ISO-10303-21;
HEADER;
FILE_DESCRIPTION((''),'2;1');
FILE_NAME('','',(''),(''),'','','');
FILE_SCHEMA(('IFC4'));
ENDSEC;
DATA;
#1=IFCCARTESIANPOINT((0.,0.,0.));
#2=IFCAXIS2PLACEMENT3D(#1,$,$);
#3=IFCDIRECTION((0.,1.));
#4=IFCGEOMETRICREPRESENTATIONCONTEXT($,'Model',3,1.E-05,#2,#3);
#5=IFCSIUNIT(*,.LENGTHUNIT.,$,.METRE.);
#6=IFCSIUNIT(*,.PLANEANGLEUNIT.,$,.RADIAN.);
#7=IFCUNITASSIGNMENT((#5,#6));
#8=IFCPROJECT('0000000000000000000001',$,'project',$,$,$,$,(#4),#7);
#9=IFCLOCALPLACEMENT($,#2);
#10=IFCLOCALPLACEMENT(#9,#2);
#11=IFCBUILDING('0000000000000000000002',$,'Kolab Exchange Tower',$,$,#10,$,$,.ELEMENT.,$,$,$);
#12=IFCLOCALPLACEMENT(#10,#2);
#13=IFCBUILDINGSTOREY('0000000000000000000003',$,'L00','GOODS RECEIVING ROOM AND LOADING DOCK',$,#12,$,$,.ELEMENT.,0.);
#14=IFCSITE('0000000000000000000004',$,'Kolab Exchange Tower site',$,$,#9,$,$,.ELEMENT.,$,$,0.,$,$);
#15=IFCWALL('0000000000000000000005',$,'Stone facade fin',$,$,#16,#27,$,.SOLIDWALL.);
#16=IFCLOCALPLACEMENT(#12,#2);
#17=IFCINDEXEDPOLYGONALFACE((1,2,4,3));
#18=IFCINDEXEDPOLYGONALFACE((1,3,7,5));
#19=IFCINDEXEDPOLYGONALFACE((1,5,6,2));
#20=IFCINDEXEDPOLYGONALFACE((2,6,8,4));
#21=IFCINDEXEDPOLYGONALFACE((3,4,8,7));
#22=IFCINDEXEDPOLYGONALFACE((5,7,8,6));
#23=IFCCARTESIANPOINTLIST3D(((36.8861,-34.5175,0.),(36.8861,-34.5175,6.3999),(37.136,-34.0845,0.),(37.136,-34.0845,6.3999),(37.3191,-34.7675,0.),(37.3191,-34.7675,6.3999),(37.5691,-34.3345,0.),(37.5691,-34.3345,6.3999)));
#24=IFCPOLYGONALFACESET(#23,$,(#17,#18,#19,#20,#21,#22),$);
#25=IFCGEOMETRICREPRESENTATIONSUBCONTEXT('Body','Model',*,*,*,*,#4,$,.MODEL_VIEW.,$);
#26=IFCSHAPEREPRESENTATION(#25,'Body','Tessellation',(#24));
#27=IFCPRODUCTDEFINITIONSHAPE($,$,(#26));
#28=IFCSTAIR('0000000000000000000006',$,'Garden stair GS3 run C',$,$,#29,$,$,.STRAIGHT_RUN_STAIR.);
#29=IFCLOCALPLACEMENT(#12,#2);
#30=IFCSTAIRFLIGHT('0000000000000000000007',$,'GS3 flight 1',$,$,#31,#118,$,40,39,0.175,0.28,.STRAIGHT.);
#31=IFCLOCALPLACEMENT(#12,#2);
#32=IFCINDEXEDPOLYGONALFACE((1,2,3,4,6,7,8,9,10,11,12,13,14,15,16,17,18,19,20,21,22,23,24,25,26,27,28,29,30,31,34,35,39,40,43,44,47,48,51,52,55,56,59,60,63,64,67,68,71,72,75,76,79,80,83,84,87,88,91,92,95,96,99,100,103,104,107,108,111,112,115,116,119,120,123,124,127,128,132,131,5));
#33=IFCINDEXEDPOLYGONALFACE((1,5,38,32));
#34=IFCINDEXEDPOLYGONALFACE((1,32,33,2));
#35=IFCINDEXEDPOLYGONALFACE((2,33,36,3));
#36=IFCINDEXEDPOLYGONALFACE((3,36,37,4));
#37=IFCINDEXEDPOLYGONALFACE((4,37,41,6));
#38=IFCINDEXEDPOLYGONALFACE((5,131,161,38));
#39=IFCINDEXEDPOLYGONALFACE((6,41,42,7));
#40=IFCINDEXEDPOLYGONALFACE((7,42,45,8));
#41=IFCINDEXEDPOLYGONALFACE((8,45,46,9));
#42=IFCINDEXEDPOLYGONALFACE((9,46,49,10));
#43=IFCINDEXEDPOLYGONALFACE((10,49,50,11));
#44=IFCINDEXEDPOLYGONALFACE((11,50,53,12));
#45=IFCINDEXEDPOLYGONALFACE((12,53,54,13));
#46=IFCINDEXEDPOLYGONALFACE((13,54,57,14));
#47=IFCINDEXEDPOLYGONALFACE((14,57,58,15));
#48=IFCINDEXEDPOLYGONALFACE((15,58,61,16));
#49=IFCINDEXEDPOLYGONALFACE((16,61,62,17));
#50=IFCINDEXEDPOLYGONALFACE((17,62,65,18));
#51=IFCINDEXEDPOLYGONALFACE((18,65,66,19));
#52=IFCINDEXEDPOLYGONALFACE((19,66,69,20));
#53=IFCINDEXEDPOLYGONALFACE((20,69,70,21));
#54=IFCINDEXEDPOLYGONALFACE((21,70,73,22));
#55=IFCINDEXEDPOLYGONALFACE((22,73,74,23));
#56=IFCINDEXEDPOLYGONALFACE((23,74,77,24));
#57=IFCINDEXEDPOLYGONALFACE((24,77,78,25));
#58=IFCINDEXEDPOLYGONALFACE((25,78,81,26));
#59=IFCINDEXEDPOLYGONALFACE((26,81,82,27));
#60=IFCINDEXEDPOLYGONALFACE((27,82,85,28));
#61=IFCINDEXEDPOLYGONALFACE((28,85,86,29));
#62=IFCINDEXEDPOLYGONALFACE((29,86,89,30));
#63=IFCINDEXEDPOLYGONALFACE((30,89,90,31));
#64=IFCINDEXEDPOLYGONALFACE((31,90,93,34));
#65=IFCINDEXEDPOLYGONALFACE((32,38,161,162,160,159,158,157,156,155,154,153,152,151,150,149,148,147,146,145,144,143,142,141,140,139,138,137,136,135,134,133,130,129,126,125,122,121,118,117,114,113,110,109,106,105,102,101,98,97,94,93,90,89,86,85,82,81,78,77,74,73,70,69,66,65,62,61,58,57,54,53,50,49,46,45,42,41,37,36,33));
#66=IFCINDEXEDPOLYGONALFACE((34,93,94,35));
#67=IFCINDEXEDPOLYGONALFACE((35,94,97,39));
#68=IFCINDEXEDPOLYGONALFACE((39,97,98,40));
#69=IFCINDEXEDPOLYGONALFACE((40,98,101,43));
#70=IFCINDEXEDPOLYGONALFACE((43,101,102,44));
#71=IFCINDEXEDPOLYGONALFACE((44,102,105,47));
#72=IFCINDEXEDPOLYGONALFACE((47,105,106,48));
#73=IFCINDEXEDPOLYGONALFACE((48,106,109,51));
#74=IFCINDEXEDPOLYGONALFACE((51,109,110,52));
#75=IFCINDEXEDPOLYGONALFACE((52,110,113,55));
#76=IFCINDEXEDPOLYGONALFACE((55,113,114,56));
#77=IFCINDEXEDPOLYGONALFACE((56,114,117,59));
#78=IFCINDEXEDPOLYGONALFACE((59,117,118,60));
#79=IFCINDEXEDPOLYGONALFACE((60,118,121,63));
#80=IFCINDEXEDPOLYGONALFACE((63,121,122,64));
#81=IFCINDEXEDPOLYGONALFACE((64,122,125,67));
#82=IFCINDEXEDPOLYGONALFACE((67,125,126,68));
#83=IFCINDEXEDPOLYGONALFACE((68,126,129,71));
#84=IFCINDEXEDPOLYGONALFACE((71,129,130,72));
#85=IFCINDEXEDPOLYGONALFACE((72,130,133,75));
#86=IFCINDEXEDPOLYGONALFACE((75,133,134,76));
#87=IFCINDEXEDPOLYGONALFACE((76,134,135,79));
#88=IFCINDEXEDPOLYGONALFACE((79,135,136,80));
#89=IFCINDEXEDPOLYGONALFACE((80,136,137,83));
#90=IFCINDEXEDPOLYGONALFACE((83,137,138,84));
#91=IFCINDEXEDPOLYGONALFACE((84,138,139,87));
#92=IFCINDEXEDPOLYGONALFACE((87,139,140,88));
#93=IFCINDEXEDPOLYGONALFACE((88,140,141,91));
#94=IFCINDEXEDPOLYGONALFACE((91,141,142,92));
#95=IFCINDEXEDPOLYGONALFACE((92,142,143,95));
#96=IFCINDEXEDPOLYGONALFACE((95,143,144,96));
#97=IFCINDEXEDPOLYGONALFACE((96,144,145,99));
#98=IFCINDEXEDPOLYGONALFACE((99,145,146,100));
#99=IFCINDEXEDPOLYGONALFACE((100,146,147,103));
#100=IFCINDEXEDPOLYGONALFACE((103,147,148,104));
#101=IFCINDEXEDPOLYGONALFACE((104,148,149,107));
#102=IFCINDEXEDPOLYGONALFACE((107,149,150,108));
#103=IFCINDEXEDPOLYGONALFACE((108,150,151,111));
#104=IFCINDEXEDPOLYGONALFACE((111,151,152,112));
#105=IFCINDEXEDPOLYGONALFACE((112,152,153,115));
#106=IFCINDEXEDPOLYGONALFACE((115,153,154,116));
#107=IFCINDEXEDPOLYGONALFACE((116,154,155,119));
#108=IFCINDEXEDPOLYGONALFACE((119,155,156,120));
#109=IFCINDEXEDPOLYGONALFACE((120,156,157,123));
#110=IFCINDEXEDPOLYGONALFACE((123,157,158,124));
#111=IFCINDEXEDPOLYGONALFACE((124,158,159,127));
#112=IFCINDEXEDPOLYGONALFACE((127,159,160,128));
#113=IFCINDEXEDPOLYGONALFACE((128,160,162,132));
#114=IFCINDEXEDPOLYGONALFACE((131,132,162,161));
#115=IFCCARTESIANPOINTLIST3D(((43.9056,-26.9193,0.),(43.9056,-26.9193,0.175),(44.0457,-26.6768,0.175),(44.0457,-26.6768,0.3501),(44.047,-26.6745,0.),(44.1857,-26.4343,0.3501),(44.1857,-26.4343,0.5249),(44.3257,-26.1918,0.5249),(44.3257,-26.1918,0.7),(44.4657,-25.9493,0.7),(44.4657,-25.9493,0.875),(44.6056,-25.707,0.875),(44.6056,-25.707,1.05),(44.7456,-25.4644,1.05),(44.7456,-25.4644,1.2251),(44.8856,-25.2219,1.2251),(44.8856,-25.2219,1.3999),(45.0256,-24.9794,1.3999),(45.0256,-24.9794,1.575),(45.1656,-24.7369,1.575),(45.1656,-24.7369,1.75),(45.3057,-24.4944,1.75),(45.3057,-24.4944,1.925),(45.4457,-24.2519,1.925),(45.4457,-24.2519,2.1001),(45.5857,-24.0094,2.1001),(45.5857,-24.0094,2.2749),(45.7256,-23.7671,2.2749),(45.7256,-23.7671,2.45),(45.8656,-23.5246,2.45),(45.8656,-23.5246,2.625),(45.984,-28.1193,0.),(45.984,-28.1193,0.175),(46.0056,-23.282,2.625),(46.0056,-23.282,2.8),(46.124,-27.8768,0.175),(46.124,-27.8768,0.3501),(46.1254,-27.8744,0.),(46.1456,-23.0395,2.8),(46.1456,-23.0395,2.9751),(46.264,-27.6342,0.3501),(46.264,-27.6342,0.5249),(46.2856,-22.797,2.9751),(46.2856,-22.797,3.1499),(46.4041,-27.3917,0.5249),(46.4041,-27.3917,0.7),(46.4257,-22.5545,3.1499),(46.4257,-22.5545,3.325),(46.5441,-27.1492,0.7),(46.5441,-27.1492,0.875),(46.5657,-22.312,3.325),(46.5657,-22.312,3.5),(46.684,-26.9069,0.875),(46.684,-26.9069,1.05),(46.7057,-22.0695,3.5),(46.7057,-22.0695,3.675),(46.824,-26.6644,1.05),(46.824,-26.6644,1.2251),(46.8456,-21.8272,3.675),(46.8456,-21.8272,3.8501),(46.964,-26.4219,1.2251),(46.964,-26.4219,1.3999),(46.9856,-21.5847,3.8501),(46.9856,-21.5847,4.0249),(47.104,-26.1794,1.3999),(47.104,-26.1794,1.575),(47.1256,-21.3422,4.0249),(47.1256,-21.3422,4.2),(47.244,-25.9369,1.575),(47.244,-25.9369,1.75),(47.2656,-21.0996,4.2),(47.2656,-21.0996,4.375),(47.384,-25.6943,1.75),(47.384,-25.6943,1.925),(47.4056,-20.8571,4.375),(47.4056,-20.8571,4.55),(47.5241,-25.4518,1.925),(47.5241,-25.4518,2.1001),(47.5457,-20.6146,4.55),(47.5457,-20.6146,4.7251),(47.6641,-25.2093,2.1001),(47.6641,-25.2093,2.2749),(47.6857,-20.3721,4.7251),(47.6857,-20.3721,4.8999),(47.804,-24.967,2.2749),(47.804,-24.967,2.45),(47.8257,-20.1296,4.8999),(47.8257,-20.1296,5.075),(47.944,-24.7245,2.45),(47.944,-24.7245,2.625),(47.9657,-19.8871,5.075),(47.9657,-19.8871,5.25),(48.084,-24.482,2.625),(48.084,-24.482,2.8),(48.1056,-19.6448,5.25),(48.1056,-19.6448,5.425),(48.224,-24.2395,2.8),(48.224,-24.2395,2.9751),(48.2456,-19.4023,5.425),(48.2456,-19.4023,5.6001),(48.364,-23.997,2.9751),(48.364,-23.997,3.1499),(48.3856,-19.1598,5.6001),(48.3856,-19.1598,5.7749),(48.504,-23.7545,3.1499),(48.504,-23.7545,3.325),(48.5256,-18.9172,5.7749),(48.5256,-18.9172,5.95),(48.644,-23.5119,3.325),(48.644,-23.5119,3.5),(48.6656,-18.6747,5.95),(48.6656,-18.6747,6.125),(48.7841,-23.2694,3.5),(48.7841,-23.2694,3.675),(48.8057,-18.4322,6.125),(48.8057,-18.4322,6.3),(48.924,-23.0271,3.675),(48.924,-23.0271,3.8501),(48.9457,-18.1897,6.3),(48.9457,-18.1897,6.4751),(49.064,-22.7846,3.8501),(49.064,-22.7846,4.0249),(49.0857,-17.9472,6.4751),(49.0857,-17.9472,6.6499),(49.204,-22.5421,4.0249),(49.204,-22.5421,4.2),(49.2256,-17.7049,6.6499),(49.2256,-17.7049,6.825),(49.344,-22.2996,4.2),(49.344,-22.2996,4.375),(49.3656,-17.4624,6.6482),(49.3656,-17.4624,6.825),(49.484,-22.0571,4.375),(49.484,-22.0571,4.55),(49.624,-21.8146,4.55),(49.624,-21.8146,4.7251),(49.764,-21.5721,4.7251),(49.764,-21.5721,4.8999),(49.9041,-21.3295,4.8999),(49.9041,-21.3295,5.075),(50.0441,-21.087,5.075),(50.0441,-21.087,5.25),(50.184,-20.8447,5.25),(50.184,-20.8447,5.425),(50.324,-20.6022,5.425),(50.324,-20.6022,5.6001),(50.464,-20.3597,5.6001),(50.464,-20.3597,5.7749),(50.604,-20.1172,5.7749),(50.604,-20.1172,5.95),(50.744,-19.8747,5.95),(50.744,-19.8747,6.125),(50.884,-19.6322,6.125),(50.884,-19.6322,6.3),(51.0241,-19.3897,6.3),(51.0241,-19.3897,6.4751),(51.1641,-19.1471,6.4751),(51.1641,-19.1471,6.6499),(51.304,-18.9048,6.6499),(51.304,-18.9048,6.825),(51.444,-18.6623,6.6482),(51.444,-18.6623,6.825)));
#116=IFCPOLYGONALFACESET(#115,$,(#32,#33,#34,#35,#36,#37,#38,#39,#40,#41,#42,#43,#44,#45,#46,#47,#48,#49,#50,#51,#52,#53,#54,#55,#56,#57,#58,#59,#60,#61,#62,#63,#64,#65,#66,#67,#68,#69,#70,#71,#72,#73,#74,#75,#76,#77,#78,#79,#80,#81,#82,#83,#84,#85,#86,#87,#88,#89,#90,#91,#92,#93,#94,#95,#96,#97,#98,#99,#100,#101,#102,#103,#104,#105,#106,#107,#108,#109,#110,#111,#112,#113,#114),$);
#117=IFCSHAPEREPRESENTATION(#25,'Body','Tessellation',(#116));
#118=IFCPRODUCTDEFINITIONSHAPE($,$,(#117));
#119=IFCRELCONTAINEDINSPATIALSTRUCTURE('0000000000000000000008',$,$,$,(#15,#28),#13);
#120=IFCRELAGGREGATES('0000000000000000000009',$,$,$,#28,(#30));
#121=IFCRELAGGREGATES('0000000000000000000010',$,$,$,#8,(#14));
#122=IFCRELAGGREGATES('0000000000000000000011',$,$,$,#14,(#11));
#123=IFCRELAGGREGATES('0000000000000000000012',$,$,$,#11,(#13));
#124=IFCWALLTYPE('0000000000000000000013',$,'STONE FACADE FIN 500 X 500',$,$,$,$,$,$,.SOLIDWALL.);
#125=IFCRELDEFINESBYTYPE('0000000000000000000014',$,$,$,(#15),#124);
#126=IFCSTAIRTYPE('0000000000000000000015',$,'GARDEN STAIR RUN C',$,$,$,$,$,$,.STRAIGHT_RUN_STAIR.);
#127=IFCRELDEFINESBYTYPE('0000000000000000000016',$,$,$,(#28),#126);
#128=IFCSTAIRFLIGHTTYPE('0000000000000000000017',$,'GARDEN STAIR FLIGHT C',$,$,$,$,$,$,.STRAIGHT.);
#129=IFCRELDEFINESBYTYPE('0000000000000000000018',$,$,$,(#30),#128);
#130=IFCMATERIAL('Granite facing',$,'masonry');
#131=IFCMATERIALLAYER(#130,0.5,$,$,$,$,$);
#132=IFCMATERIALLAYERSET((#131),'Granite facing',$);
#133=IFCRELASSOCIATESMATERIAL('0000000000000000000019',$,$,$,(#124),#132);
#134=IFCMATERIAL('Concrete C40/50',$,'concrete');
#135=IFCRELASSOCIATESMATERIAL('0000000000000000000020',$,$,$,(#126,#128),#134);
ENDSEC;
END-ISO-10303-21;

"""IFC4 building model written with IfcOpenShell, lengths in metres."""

from ifc_helpers import new_model, si_unit, direction, frame, frame_2d, origin, place, context, subcontext, project, spatial, polyline, rectangle, outline, extrude, material, layer, layer_set, type_object, element, aggregate, save


model = new_model("IFC4")

# Units and contexts
model_context = context("Model", 3, precision=1e-05, world=origin(), true_north=direction((0.0, 1.0)))
body_context = subcontext(model_context, "Body", "Model", "MODEL_VIEW")
ifc_project = project(units=[si_unit("LENGTHUNIT", "METRE"), si_unit("PLANEANGLEUNIT", "RADIAN")], contexts=[model_context])

# Site, building, storey
site_placement = place(None, origin())
site = spatial("IfcSite", under=ifc_project, at=site_placement, Name="Kolab Exchange Tower site", CompositionType="ELEMENT", RefElevation=0.0)
building_placement = place(site_placement, origin())
building = spatial("IfcBuilding", under=site, at=building_placement, Name="Kolab Exchange Tower", CompositionType="ELEMENT")
storey_placement = place(building_placement, origin())
storey = spatial("IfcBuildingStorey", under=building, at=storey_placement, Name="L00", Description="GOODS RECEIVING ROOM AND LOADING DOCK", CompositionType="ELEMENT", Elevation=0.0)

# Wall
ifc_material_1 = material(Name="Granite facing", Category="masonry")
ifc_material_2 = material(Name="Concrete C40/50", Category="concrete")
ifc_layer_1 = layer(ifc_material_1, 0.5)
ifc_layer_set_1 = layer_set([ifc_layer_1], Name="Granite facing")
wall_type_1 = type_object("IfcWallType", Name="STONE FACADE FIN 500 X 500", PredefinedType="SOLIDWALL", material=ifc_layer_set_1)
wall_1_placement = place(storey_placement, frame((37.3525, -34.2095, 0.0), z_axis=(0.0, 0.0, 1.0), x_axis=(-0.49992, -0.866072, 0.0)))
element("IfcWall", 1, at=wall_1_placement, inside=storey, type_object=wall_type_1, Name="Stone facade fin", PredefinedType="SOLIDWALL", context=body_context, shape_type="SweptSolid", body=[
    extrude(rectangle(XDim=0.5, YDim=0.5, at=frame_2d((0.25, 0.0))), origin(), (0.0, 0.0, 1.0), 6.3999),
])

# Stair, stair flight
stair_type = type_object("IfcStairType", Name="GARDEN STAIR RUN C", PredefinedType="STRAIGHT_RUN_STAIR", material=ifc_material_2)
stair_placement = place(storey_placement, origin())
stair = element("IfcStair", 2, at=stair_placement, inside=storey, type_object=stair_type, Name="Garden stair GS3 run C", PredefinedType="STRAIGHT_RUN_STAIR")
stair_flight_type = type_object("IfcStairFlightType", Name="GARDEN STAIR FLIGHT C", PredefinedType="STRAIGHT", material=ifc_material_2)
stair_flight_placement = place(storey_placement, frame((44.9448, -27.5193, 0.0), z_axis=(0.0, 0.0, 1.0), x_axis=(0.5, 0.866025, 0.0)))
stair_flight = element("IfcStairFlight", 3, at=stair_flight_placement, type_object=stair_flight_type, Name="GS3 flight 1", NumberOfRisers=40, NumberOfTreads=39, PredefinedType="STRAIGHT", RiserHeight=0.175, TreadLength=0.28, context=body_context, shape_type="SweptSolid", body=[
    extrude(outline(polyline([(0.0, 0.0), (0.0, 0.175), (0.28, 0.175), (0.28, 0.3501), (0.5601, 0.3501), (0.5601, 0.5249), (0.8401, 0.5249), (0.8401, 0.7), (1.1201, 0.7), (1.1201, 0.875), (1.3999, 0.875), (1.3999, 1.05), (1.6799, 1.05), (1.6799, 1.2251), (1.96, 1.2251), (1.96, 1.3999), (2.24, 1.3999), (2.24, 1.575), (2.52, 1.575), (2.52, 1.75), (2.8, 1.75), (2.8, 1.925), (3.0801, 1.925), (3.0801, 2.1001), (3.3601, 2.1001), (3.3601, 2.2749), (3.6399, 2.2749), (3.6399, 2.45), (3.9199, 2.45), (3.9199, 2.625), (4.2, 2.625), (4.2, 2.8), (4.48, 2.8), (4.48, 2.9751), (4.76, 2.9751), (4.76, 3.1499), (5.04, 3.1499), (5.04, 3.325), (5.3201, 3.325), (5.3201, 3.5), (5.6001, 3.5), (5.6001, 3.675), (5.8799, 3.675), (5.8799, 3.8501), (6.1599, 3.8501), (6.1599, 4.0249), (6.4399, 4.0249), (6.4399, 4.2), (6.72, 4.2), (6.72, 4.375), (7.0, 4.375), (7.0, 4.55), (7.28, 4.55), (7.28, 4.7251), (7.5601, 4.7251), (7.5601, 4.8999), (7.8401, 4.8999), (7.8401, 5.075), (8.1201, 5.075), (8.1201, 5.25), (8.3999, 5.25), (8.3999, 5.425), (8.6799, 5.425), (8.6799, 5.6001), (8.96, 5.6001), (8.96, 5.7749), (9.24, 5.7749), (9.24, 5.95), (9.52, 5.95), (9.52, 6.125), (9.8, 6.125), (9.8, 6.3), (10.0801, 6.3), (10.0801, 6.4751), (10.3601, 6.4751), (10.3601, 6.6499), (10.6399, 6.6499), (10.6399, 6.825), (10.9199, 6.825), (10.9199, 7.0), (10.9199, 6.6482), (0.2827, 0.0), (0.0, 0.0)])), frame((0.0, 1.2, 0.0), z_axis=(0.0, -1.0, 0.0), x_axis=(1.0, 0.0, 0.0)), (0.0, 0.0, 1.0), 2.3999),
])
aggregate(stair, [stair_flight])

save(model, "model.ifc")
